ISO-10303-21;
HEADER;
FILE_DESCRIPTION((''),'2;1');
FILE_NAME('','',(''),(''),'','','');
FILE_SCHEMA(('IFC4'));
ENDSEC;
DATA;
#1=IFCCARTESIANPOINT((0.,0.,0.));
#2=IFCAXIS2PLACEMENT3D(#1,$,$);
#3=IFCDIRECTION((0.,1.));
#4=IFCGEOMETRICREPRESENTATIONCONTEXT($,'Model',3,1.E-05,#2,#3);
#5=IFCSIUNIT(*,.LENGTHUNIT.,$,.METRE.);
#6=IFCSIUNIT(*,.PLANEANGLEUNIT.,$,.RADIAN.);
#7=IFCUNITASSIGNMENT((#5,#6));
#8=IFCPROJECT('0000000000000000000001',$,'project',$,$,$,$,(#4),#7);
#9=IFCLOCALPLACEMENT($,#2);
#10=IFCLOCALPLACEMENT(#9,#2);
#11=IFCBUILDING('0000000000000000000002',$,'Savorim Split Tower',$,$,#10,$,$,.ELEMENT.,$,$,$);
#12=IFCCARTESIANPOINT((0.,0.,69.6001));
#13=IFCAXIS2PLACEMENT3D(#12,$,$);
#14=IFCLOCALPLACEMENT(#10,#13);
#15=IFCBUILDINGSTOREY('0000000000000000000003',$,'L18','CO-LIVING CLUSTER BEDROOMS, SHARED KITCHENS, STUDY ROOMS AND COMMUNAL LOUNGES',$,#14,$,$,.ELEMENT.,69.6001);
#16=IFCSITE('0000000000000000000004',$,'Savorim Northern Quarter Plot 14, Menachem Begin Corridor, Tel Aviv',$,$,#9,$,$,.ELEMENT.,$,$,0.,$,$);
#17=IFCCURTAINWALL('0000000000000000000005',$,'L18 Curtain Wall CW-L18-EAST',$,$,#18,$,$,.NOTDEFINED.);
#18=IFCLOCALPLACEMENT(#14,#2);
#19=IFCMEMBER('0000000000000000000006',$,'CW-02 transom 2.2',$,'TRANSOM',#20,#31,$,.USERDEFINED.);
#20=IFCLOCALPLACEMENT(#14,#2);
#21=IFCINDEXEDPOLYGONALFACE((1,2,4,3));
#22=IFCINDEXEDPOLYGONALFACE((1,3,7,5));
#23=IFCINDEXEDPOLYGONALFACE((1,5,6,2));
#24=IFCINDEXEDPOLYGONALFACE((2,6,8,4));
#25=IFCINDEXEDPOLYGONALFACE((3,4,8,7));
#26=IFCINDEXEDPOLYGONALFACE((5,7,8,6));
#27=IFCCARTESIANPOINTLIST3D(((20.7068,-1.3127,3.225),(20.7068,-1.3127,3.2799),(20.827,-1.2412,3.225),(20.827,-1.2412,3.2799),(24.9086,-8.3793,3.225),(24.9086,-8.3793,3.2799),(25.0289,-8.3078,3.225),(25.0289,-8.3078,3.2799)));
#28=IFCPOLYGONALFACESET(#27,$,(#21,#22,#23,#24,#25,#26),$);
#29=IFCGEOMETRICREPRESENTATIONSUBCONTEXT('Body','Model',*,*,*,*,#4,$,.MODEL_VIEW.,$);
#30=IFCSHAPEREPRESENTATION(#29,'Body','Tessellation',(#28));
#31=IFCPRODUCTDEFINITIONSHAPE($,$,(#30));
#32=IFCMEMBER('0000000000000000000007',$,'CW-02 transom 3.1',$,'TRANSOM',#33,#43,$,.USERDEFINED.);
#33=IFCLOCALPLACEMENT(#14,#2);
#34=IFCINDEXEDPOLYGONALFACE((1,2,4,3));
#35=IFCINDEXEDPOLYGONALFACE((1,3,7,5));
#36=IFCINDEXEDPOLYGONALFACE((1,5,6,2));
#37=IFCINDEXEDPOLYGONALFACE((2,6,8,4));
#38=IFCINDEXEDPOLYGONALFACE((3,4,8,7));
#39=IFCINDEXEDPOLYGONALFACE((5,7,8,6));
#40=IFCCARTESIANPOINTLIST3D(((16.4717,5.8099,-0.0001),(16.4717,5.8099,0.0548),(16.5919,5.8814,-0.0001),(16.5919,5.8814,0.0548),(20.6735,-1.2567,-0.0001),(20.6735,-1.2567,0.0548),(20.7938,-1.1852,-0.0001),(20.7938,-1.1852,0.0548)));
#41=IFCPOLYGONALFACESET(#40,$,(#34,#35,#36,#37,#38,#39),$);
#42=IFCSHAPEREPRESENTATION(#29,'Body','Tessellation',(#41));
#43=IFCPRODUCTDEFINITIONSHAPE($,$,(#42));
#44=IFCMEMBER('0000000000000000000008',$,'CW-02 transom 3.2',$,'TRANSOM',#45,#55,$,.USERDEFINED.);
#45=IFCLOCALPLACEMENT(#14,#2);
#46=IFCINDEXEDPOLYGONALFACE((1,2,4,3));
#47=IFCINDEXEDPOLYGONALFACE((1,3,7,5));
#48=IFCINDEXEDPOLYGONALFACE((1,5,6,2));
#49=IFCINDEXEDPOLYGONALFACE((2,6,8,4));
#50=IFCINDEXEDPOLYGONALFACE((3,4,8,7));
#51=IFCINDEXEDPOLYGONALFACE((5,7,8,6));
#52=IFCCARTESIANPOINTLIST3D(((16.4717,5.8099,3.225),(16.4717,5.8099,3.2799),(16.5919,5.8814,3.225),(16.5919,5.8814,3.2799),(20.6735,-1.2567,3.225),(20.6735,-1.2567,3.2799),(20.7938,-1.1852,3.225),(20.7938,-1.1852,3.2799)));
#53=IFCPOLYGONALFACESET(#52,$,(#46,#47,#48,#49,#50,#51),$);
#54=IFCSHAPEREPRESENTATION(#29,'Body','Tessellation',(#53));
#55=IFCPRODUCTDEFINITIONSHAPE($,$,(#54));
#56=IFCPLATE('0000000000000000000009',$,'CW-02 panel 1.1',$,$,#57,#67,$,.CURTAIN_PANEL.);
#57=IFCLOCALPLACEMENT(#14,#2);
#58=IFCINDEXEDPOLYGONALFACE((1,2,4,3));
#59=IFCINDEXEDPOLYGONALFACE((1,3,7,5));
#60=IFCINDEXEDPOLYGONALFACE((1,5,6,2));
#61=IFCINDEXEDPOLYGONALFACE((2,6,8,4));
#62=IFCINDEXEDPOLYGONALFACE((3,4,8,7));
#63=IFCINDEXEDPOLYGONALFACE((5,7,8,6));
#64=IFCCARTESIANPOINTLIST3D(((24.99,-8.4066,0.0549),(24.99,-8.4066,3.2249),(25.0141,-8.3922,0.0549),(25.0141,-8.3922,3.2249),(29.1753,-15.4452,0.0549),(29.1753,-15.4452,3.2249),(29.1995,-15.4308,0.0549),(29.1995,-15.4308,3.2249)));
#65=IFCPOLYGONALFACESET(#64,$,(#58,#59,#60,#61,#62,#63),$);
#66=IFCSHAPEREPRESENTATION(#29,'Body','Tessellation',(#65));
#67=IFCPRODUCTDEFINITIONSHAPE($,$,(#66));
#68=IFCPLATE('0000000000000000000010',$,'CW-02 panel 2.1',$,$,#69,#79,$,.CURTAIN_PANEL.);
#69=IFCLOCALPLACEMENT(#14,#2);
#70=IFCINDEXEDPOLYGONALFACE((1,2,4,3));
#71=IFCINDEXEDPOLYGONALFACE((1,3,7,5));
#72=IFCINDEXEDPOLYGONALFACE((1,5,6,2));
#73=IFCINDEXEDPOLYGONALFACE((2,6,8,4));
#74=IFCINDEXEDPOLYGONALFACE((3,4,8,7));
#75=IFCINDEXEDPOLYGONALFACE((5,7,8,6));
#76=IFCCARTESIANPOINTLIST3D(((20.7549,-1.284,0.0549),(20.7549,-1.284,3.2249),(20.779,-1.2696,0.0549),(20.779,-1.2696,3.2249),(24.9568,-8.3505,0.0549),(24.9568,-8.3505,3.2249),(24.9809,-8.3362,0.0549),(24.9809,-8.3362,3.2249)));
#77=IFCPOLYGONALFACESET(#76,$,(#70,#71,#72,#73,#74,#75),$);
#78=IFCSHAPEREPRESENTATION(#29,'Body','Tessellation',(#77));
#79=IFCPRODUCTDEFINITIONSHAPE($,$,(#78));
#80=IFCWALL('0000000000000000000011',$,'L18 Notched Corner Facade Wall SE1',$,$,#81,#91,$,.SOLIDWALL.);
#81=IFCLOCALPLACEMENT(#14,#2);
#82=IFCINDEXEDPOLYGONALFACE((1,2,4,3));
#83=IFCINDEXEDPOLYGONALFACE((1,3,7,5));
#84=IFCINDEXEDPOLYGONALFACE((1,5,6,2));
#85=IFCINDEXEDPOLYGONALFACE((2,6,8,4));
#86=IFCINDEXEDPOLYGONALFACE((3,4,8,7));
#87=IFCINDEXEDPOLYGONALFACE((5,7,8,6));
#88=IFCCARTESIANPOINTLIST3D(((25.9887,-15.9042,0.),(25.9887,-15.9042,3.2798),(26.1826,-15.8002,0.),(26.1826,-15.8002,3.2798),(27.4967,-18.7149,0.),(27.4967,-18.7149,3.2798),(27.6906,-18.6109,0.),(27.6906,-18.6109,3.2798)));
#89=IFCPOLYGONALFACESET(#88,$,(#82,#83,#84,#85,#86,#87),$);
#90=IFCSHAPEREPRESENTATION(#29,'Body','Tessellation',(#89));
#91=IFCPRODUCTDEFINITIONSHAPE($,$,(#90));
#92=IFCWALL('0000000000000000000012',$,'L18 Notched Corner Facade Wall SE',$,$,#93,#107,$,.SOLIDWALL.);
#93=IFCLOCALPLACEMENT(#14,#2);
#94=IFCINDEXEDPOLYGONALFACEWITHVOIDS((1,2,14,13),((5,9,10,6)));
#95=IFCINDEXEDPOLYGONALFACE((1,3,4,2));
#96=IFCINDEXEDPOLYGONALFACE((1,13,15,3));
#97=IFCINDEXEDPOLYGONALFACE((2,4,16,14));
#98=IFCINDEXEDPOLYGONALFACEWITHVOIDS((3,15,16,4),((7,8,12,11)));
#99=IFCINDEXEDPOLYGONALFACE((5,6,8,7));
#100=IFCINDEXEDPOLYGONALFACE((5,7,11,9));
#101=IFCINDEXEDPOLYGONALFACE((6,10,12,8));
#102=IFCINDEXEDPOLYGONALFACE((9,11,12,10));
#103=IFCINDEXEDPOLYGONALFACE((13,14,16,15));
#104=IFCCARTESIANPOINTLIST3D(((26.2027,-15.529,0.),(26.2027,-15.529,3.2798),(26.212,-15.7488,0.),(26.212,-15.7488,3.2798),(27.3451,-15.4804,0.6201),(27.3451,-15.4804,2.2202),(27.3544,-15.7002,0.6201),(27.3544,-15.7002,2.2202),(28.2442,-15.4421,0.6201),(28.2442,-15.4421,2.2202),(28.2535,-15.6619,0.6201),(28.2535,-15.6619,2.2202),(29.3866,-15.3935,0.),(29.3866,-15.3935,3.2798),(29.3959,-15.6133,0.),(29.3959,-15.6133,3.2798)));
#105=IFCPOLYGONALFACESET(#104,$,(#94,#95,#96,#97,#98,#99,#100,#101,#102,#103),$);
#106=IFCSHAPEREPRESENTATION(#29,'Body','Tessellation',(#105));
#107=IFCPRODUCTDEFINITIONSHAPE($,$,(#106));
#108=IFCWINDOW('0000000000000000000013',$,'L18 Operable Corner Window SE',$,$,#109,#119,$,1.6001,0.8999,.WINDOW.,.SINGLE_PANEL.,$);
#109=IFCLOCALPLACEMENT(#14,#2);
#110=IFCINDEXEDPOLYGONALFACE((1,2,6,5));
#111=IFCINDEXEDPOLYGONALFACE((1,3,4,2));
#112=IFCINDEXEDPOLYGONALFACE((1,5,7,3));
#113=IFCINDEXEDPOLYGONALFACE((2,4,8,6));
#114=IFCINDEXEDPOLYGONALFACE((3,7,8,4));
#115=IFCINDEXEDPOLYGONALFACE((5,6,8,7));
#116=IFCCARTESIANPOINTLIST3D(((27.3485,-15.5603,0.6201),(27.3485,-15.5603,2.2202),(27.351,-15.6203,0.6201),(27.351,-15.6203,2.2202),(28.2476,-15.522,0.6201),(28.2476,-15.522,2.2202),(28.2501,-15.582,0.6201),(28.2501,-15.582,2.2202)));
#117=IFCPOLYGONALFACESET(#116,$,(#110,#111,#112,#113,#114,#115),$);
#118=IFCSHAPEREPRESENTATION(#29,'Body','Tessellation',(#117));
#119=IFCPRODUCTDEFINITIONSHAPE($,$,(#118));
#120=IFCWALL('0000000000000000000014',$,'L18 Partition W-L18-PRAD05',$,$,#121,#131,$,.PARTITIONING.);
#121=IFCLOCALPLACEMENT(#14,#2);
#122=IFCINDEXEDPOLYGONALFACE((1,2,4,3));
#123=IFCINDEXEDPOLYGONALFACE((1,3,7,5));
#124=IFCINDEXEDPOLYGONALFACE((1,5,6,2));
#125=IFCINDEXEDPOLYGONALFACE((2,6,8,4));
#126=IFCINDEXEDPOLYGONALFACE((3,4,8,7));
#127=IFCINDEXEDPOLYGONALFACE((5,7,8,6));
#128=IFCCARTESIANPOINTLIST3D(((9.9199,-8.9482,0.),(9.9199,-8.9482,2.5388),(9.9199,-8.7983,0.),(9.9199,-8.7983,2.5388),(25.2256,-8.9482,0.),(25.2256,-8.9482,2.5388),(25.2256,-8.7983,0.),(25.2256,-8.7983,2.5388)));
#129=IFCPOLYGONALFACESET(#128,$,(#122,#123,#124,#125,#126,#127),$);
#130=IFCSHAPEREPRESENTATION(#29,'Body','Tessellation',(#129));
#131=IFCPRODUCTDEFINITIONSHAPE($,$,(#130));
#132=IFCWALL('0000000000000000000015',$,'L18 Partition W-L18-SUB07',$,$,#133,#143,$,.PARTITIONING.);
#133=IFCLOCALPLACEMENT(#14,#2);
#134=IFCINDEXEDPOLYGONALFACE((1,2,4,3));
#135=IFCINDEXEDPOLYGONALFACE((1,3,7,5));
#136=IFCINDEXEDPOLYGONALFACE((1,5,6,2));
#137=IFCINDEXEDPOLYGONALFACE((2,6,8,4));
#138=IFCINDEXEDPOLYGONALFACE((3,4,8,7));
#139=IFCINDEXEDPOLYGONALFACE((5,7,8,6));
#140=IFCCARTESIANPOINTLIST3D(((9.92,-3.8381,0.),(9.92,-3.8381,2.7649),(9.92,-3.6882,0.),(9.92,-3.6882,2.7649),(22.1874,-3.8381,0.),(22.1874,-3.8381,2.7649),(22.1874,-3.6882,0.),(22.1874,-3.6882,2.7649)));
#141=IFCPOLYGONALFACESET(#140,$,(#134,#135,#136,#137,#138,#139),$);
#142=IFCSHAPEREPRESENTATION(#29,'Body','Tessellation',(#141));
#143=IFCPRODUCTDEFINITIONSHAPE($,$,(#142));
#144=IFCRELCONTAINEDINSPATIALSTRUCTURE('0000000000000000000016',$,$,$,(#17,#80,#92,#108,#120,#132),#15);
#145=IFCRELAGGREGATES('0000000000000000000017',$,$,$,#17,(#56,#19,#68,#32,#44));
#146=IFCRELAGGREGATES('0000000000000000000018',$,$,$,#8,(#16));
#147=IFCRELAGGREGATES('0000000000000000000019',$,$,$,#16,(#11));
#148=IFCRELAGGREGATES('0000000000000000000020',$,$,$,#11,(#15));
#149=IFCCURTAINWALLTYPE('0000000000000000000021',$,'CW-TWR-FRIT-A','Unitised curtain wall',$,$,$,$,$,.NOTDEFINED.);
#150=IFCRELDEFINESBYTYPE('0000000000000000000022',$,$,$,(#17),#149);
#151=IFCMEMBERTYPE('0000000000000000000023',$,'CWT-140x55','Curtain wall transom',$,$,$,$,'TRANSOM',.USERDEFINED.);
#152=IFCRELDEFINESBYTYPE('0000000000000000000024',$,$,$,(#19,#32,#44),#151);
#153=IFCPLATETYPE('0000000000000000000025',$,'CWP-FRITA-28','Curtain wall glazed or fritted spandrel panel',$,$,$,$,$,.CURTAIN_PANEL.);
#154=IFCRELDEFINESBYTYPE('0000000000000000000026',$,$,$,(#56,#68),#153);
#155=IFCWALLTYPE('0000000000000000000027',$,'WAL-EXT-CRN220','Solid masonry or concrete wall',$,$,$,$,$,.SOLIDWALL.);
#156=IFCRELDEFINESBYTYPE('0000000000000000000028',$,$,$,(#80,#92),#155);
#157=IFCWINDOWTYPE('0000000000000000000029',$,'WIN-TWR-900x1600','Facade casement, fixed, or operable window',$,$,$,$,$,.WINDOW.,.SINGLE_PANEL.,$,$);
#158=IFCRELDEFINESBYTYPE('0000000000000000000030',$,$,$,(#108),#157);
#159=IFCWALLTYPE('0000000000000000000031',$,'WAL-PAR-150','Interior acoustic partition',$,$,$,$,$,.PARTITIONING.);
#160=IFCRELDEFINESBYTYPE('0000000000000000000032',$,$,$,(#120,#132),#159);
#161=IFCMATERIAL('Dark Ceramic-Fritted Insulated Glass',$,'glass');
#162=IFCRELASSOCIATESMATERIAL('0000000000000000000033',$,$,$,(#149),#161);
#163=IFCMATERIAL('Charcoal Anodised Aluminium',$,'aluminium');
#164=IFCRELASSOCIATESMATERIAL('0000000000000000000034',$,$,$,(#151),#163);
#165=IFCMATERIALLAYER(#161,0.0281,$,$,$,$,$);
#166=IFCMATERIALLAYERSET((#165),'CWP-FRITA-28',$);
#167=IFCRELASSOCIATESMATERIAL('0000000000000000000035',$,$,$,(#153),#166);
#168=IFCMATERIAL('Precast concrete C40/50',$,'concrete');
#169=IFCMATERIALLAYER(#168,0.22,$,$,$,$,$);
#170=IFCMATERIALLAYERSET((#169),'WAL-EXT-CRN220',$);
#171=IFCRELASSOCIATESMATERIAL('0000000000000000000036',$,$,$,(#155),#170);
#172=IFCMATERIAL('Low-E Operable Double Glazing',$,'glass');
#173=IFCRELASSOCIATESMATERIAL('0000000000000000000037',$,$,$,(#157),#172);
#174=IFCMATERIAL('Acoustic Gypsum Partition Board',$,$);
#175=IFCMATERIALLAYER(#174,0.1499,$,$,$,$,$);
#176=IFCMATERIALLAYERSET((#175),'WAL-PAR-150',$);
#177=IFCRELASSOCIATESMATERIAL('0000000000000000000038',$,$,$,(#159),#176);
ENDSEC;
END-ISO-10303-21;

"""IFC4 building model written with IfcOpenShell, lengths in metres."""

from ifc_helpers import new_model, si_unit, direction, frame, frame_2d, origin, origin_2d, place, context, subcontext, project, spatial, rectangle, extrude, material, layer, layer_set, material_profile, profile_set, type_object, element, fill, aggregate, save


model = new_model("IFC4")

# Units and contexts
model_context = context("Model", 3, precision=1e-05, world=origin(), true_north=direction((0.0, 1.0)))
body_context = subcontext(model_context, "Body", "Model", "MODEL_VIEW")
ifc_project = project(units=[si_unit("LENGTHUNIT", "METRE"), si_unit("PLANEANGLEUNIT", "RADIAN")], contexts=[model_context])

# Site, building, storey
site_placement = place(None, origin())
site = spatial("IfcSite", under=ifc_project, at=site_placement, Name="Savorim Northern Quarter Plot 14, Menachem Begin Corridor, Tel Aviv", CompositionType="ELEMENT", RefElevation=0.0)
building_placement = place(site_placement, origin())
building = spatial("IfcBuilding", under=site, at=building_placement, Name="Savorim Split Tower", CompositionType="ELEMENT")
storey_placement = place(building_placement, frame((0.0, 0.0, 69.6001)))
storey = spatial("IfcBuildingStorey", under=building, at=storey_placement, Name="L18", Description="CO-LIVING CLUSTER BEDROOMS, SHARED KITCHENS, STUDY ROOMS AND COMMUNAL LOUNGES", CompositionType="ELEMENT", Elevation=69.6001)

# Shared definitions
ifc_material_1 = material(Name="Dark Ceramic-Fritted Insulated Glass", Category="glass")
curtain_wall_type = type_object("IfcCurtainWallType", Name="CW-TWR-FRIT-A", Description="Unitised curtain wall", PredefinedType="NOTDEFINED", material=ifc_material_1)
ifc_material_2 = material(Name="Charcoal Anodised Aluminium", Category="aluminium")

# Curtain wall, members, plates
curtain_wall_1_placement = place(storey_placement, origin())
curtain_wall_1 = element("IfcCurtainWall", 1, at=curtain_wall_1_placement, inside=storey, type_object=curtain_wall_type, Name="L18 Curtain Wall CW-L18-EAST", PredefinedType="NOTDEFINED")
ifc_material_profile_1 = material_profile(ifc_material_2, rectangle(XDim=0.1399, YDim=0.0549, at=origin_2d()), Name="ALU-T 140x55")
ifc_profile_set_1 = profile_set([ifc_material_profile_1], Name="Charcoal Anodised Aluminium")
member_type_1 = type_object("IfcMemberType", Name="CWT-140x55", Description="Curtain wall transom", ElementType="TRANSOM", PredefinedType="USERDEFINED", material=ifc_profile_set_1)
member_1_placement = place(storey_placement, frame((24.9688, -8.3435, 3.2524), z_axis=(-0.511085, 0.85953, 0.0), x_axis=(-0.85953, -0.511085, 0.0)))
member_1 = element("IfcMember", 2, at=member_1_placement, type_object=member_type_1, Name="CW-02 transom 2.2", ObjectType="TRANSOM", PredefinedType="USERDEFINED", context=body_context, shape_type="SweptSolid", body=[
    extrude(rectangle(XDim=0.1399, YDim=0.0549, at=origin_2d()), origin(), (0.0, 0.0, 1.0), 8.2214),
])
member_2_placement = place(storey_placement, frame((20.7336, -1.2209, 0.0273), z_axis=(-0.511085, 0.85953, 0.0), x_axis=(-0.85953, -0.511085, 0.0)))
member_2 = element("IfcMember", 3, at=member_2_placement, type_object=member_type_1, Name="CW-02 transom 3.1", ObjectType="TRANSOM", PredefinedType="USERDEFINED", context=body_context, shape_type="SweptSolid", body=[
    extrude(rectangle(XDim=0.1399, YDim=0.0549, at=origin_2d()), origin(), (0.0, 0.0, 1.0), 8.2214),
])
member_3_placement = place(storey_placement, frame((20.7336, -1.2209, 3.2524), z_axis=(-0.511085, 0.85953, 0.0), x_axis=(-0.85953, -0.511085, 0.0)))
member_3 = element("IfcMember", 4, at=member_3_placement, type_object=member_type_1, Name="CW-02 transom 3.2", ObjectType="TRANSOM", PredefinedType="USERDEFINED", context=body_context, shape_type="SweptSolid", body=[
    extrude(rectangle(XDim=0.1399, YDim=0.0549, at=origin_2d()), origin(), (0.0, 0.0, 1.0), 8.2214),
])
ifc_layer_1 = layer(ifc_material_1, 0.0281)
ifc_layer_set_1 = layer_set([ifc_layer_1], Name="CWP-FRITA-28")
plate_type = type_object("IfcPlateType", Name="CWP-FRITA-28", Description="Curtain wall glazed or fritted spandrel panel", PredefinedType="CURTAIN_PANEL", material=ifc_layer_set_1)
plate_1_placement = place(storey_placement, frame((27.0947, -11.9187, 0.0549), z_axis=(0.0, 0.0, 1.0), x_axis=(-0.511092, 0.859526, 0.0)))
plate_1 = element("IfcPlate", 5, at=plate_1_placement, type_object=plate_type, Name="CW-02 panel 1.1", PredefinedType="CURTAIN_PANEL", context=body_context, shape_type="SweptSolid", body=[
    extrude(rectangle(XDim=8.189, YDim=0.0281, at=origin_2d()), origin(), (0.0, 0.0, 1.0), 3.1699),
])
plate_2_placement = place(storey_placement, frame((22.8679, -4.8101, 0.0549), z_axis=(0.0, 0.0, 1.0), x_axis=(-0.511092, 0.859526, 0.0)))
plate_2 = element("IfcPlate", 6, at=plate_2_placement, type_object=plate_type, Name="CW-02 panel 2.1", PredefinedType="CURTAIN_PANEL", context=body_context, shape_type="SweptSolid", body=[
    extrude(rectangle(XDim=8.2214, YDim=0.0281, at=origin_2d()), origin(), (0.0, 0.0, 1.0), 3.1699),
])
aggregate(curtain_wall_1, [plate_1, member_1, plate_2, member_2, member_3])

# Wall
ifc_material_3 = material(Name="Precast concrete C40/50", Category="concrete")
ifc_layer_2 = layer(ifc_material_3, 0.22)
ifc_layer_set_2 = layer_set([ifc_layer_2], Name="WAL-EXT-CRN220")
wall_type_1 = type_object("IfcWallType", Name="WAL-EXT-CRN220", Description="Solid masonry or concrete wall", PredefinedType="SOLIDWALL", material=ifc_layer_set_2)
wall_1_placement = place(storey_placement, frame((26.0857, -15.8523, 0.0), z_axis=(0.0, 0.0, 1.0), x_axis=(0.472776, -0.881183, 0.0)))
element("IfcWall", 7, at=wall_1_placement, inside=storey, type_object=wall_type_1, Name="L18 Notched Corner Facade Wall SE1", PredefinedType="SOLIDWALL", context=body_context, shape_type="SweptSolid", body=[
    extrude(rectangle(XDim=3.1897, YDim=0.22, at=frame_2d((1.5947, 0.0))), origin(), (0.0, 0.0, 1.0), 3.2798),
])

# Wall, opening, window
wall_2_placement = place(storey_placement, frame((29.3911, -15.5034, 0.0), z_axis=(0.0, 0.0, 1.0), x_axis=(-0.999096, -0.04252, 0.0)))
wall_2 = element("IfcWall", 8, at=wall_2_placement, inside=storey, type_object=wall_type_1, Name="L18 Notched Corner Facade Wall SE", PredefinedType="SOLIDWALL", context=body_context, shape_type="SweptSolid", body=[
    extrude(rectangle(XDim=3.1868, YDim=0.22, at=frame_2d((1.5933, 0.0))), origin(), (0.0, 0.0, 1.0), 3.2798),
])
opening_placement = place(wall_2_placement, frame((1.1433, 0.0, 0.6201)))
opening = element("IfcOpeningElement", 9, at=opening_placement, cuts=wall_2, PredefinedType="OPENING", context=body_context, shape_type="SweptSolid", body=[
    extrude(rectangle(XDim=0.8999, YDim=1.6001, at=frame_2d((0.45, 0.8))), frame((0.0, 0.1199, 0.0), z_axis=(0.0, -1.0, 0.0), x_axis=(1.0, 0.0, 0.0)), (0.0, 0.0, 1.0), 0.24),
])
ifc_material_4 = material(Name="Low-E Operable Double Glazing", Category="glass")
window_type = type_object("IfcWindowType", Name="WIN-TWR-900x1600", Description="Facade casement, fixed, or operable window", PartitioningType="SINGLE_PANEL", PredefinedType="WINDOW", material=ifc_material_4)
window_placement = place(opening_placement, origin())
window = element("IfcWindow", 10, at=window_placement, inside=storey, type_object=window_type, Name="L18 Operable Corner Window SE", OverallHeight=1.6001, OverallWidth=0.8999, PartitioningType="SINGLE_PANEL", PredefinedType="WINDOW", context=body_context, shape_type="SweptSolid", body=[
    extrude(rectangle(XDim=0.8999, YDim=1.6001, at=frame_2d((0.45, 0.8))), frame((0.0, 0.03, 0.0), z_axis=(0.0, -1.0, 0.0), x_axis=(1.0, 0.0, 0.0)), (0.0, 0.0, 1.0), 0.0601),
])
fill(opening, window)

# Walls
ifc_material_5 = material(Name="Acoustic Gypsum Partition Board")
ifc_layer_3 = layer(ifc_material_5, 0.1499)
ifc_layer_set_3 = layer_set([ifc_layer_3], Name="WAL-PAR-150")
wall_type_2 = type_object("IfcWallType", Name="WAL-PAR-150", Description="Interior acoustic partition", PredefinedType="PARTITIONING", material=ifc_layer_set_3)
wall_3_placement = place(storey_placement, frame((9.9199, -8.8733, 0.0), z_axis=(0.0, 0.0, 1.0), x_axis=(1.0, 0.0, 0.0)))
element("IfcWall", 11, at=wall_3_placement, inside=storey, type_object=wall_type_2, Name="L18 Partition W-L18-PRAD05", PredefinedType="PARTITIONING", context=body_context, shape_type="SweptSolid", body=[
    extrude(rectangle(XDim=15.3057, YDim=0.1499, at=frame_2d((7.6528, 0.0))), origin(), (0.0, 0.0, 1.0), 2.5388),
])
wall_4_placement = place(storey_placement, frame((9.9199, -3.7632, 0.0), z_axis=(0.0, 0.0, 1.0), x_axis=(1.0, 0.0, 0.0)))
element("IfcWall", 12, at=wall_4_placement, inside=storey, type_object=wall_type_2, Name="L18 Partition W-L18-SUB07", PredefinedType="PARTITIONING", context=body_context, shape_type="SweptSolid", body=[
    extrude(rectangle(XDim=12.2673, YDim=0.1499, at=frame_2d((6.1338, 0.0))), origin(), (0.0, 0.0, 1.0), 2.7649),
])

save(model, "model.ifc")
